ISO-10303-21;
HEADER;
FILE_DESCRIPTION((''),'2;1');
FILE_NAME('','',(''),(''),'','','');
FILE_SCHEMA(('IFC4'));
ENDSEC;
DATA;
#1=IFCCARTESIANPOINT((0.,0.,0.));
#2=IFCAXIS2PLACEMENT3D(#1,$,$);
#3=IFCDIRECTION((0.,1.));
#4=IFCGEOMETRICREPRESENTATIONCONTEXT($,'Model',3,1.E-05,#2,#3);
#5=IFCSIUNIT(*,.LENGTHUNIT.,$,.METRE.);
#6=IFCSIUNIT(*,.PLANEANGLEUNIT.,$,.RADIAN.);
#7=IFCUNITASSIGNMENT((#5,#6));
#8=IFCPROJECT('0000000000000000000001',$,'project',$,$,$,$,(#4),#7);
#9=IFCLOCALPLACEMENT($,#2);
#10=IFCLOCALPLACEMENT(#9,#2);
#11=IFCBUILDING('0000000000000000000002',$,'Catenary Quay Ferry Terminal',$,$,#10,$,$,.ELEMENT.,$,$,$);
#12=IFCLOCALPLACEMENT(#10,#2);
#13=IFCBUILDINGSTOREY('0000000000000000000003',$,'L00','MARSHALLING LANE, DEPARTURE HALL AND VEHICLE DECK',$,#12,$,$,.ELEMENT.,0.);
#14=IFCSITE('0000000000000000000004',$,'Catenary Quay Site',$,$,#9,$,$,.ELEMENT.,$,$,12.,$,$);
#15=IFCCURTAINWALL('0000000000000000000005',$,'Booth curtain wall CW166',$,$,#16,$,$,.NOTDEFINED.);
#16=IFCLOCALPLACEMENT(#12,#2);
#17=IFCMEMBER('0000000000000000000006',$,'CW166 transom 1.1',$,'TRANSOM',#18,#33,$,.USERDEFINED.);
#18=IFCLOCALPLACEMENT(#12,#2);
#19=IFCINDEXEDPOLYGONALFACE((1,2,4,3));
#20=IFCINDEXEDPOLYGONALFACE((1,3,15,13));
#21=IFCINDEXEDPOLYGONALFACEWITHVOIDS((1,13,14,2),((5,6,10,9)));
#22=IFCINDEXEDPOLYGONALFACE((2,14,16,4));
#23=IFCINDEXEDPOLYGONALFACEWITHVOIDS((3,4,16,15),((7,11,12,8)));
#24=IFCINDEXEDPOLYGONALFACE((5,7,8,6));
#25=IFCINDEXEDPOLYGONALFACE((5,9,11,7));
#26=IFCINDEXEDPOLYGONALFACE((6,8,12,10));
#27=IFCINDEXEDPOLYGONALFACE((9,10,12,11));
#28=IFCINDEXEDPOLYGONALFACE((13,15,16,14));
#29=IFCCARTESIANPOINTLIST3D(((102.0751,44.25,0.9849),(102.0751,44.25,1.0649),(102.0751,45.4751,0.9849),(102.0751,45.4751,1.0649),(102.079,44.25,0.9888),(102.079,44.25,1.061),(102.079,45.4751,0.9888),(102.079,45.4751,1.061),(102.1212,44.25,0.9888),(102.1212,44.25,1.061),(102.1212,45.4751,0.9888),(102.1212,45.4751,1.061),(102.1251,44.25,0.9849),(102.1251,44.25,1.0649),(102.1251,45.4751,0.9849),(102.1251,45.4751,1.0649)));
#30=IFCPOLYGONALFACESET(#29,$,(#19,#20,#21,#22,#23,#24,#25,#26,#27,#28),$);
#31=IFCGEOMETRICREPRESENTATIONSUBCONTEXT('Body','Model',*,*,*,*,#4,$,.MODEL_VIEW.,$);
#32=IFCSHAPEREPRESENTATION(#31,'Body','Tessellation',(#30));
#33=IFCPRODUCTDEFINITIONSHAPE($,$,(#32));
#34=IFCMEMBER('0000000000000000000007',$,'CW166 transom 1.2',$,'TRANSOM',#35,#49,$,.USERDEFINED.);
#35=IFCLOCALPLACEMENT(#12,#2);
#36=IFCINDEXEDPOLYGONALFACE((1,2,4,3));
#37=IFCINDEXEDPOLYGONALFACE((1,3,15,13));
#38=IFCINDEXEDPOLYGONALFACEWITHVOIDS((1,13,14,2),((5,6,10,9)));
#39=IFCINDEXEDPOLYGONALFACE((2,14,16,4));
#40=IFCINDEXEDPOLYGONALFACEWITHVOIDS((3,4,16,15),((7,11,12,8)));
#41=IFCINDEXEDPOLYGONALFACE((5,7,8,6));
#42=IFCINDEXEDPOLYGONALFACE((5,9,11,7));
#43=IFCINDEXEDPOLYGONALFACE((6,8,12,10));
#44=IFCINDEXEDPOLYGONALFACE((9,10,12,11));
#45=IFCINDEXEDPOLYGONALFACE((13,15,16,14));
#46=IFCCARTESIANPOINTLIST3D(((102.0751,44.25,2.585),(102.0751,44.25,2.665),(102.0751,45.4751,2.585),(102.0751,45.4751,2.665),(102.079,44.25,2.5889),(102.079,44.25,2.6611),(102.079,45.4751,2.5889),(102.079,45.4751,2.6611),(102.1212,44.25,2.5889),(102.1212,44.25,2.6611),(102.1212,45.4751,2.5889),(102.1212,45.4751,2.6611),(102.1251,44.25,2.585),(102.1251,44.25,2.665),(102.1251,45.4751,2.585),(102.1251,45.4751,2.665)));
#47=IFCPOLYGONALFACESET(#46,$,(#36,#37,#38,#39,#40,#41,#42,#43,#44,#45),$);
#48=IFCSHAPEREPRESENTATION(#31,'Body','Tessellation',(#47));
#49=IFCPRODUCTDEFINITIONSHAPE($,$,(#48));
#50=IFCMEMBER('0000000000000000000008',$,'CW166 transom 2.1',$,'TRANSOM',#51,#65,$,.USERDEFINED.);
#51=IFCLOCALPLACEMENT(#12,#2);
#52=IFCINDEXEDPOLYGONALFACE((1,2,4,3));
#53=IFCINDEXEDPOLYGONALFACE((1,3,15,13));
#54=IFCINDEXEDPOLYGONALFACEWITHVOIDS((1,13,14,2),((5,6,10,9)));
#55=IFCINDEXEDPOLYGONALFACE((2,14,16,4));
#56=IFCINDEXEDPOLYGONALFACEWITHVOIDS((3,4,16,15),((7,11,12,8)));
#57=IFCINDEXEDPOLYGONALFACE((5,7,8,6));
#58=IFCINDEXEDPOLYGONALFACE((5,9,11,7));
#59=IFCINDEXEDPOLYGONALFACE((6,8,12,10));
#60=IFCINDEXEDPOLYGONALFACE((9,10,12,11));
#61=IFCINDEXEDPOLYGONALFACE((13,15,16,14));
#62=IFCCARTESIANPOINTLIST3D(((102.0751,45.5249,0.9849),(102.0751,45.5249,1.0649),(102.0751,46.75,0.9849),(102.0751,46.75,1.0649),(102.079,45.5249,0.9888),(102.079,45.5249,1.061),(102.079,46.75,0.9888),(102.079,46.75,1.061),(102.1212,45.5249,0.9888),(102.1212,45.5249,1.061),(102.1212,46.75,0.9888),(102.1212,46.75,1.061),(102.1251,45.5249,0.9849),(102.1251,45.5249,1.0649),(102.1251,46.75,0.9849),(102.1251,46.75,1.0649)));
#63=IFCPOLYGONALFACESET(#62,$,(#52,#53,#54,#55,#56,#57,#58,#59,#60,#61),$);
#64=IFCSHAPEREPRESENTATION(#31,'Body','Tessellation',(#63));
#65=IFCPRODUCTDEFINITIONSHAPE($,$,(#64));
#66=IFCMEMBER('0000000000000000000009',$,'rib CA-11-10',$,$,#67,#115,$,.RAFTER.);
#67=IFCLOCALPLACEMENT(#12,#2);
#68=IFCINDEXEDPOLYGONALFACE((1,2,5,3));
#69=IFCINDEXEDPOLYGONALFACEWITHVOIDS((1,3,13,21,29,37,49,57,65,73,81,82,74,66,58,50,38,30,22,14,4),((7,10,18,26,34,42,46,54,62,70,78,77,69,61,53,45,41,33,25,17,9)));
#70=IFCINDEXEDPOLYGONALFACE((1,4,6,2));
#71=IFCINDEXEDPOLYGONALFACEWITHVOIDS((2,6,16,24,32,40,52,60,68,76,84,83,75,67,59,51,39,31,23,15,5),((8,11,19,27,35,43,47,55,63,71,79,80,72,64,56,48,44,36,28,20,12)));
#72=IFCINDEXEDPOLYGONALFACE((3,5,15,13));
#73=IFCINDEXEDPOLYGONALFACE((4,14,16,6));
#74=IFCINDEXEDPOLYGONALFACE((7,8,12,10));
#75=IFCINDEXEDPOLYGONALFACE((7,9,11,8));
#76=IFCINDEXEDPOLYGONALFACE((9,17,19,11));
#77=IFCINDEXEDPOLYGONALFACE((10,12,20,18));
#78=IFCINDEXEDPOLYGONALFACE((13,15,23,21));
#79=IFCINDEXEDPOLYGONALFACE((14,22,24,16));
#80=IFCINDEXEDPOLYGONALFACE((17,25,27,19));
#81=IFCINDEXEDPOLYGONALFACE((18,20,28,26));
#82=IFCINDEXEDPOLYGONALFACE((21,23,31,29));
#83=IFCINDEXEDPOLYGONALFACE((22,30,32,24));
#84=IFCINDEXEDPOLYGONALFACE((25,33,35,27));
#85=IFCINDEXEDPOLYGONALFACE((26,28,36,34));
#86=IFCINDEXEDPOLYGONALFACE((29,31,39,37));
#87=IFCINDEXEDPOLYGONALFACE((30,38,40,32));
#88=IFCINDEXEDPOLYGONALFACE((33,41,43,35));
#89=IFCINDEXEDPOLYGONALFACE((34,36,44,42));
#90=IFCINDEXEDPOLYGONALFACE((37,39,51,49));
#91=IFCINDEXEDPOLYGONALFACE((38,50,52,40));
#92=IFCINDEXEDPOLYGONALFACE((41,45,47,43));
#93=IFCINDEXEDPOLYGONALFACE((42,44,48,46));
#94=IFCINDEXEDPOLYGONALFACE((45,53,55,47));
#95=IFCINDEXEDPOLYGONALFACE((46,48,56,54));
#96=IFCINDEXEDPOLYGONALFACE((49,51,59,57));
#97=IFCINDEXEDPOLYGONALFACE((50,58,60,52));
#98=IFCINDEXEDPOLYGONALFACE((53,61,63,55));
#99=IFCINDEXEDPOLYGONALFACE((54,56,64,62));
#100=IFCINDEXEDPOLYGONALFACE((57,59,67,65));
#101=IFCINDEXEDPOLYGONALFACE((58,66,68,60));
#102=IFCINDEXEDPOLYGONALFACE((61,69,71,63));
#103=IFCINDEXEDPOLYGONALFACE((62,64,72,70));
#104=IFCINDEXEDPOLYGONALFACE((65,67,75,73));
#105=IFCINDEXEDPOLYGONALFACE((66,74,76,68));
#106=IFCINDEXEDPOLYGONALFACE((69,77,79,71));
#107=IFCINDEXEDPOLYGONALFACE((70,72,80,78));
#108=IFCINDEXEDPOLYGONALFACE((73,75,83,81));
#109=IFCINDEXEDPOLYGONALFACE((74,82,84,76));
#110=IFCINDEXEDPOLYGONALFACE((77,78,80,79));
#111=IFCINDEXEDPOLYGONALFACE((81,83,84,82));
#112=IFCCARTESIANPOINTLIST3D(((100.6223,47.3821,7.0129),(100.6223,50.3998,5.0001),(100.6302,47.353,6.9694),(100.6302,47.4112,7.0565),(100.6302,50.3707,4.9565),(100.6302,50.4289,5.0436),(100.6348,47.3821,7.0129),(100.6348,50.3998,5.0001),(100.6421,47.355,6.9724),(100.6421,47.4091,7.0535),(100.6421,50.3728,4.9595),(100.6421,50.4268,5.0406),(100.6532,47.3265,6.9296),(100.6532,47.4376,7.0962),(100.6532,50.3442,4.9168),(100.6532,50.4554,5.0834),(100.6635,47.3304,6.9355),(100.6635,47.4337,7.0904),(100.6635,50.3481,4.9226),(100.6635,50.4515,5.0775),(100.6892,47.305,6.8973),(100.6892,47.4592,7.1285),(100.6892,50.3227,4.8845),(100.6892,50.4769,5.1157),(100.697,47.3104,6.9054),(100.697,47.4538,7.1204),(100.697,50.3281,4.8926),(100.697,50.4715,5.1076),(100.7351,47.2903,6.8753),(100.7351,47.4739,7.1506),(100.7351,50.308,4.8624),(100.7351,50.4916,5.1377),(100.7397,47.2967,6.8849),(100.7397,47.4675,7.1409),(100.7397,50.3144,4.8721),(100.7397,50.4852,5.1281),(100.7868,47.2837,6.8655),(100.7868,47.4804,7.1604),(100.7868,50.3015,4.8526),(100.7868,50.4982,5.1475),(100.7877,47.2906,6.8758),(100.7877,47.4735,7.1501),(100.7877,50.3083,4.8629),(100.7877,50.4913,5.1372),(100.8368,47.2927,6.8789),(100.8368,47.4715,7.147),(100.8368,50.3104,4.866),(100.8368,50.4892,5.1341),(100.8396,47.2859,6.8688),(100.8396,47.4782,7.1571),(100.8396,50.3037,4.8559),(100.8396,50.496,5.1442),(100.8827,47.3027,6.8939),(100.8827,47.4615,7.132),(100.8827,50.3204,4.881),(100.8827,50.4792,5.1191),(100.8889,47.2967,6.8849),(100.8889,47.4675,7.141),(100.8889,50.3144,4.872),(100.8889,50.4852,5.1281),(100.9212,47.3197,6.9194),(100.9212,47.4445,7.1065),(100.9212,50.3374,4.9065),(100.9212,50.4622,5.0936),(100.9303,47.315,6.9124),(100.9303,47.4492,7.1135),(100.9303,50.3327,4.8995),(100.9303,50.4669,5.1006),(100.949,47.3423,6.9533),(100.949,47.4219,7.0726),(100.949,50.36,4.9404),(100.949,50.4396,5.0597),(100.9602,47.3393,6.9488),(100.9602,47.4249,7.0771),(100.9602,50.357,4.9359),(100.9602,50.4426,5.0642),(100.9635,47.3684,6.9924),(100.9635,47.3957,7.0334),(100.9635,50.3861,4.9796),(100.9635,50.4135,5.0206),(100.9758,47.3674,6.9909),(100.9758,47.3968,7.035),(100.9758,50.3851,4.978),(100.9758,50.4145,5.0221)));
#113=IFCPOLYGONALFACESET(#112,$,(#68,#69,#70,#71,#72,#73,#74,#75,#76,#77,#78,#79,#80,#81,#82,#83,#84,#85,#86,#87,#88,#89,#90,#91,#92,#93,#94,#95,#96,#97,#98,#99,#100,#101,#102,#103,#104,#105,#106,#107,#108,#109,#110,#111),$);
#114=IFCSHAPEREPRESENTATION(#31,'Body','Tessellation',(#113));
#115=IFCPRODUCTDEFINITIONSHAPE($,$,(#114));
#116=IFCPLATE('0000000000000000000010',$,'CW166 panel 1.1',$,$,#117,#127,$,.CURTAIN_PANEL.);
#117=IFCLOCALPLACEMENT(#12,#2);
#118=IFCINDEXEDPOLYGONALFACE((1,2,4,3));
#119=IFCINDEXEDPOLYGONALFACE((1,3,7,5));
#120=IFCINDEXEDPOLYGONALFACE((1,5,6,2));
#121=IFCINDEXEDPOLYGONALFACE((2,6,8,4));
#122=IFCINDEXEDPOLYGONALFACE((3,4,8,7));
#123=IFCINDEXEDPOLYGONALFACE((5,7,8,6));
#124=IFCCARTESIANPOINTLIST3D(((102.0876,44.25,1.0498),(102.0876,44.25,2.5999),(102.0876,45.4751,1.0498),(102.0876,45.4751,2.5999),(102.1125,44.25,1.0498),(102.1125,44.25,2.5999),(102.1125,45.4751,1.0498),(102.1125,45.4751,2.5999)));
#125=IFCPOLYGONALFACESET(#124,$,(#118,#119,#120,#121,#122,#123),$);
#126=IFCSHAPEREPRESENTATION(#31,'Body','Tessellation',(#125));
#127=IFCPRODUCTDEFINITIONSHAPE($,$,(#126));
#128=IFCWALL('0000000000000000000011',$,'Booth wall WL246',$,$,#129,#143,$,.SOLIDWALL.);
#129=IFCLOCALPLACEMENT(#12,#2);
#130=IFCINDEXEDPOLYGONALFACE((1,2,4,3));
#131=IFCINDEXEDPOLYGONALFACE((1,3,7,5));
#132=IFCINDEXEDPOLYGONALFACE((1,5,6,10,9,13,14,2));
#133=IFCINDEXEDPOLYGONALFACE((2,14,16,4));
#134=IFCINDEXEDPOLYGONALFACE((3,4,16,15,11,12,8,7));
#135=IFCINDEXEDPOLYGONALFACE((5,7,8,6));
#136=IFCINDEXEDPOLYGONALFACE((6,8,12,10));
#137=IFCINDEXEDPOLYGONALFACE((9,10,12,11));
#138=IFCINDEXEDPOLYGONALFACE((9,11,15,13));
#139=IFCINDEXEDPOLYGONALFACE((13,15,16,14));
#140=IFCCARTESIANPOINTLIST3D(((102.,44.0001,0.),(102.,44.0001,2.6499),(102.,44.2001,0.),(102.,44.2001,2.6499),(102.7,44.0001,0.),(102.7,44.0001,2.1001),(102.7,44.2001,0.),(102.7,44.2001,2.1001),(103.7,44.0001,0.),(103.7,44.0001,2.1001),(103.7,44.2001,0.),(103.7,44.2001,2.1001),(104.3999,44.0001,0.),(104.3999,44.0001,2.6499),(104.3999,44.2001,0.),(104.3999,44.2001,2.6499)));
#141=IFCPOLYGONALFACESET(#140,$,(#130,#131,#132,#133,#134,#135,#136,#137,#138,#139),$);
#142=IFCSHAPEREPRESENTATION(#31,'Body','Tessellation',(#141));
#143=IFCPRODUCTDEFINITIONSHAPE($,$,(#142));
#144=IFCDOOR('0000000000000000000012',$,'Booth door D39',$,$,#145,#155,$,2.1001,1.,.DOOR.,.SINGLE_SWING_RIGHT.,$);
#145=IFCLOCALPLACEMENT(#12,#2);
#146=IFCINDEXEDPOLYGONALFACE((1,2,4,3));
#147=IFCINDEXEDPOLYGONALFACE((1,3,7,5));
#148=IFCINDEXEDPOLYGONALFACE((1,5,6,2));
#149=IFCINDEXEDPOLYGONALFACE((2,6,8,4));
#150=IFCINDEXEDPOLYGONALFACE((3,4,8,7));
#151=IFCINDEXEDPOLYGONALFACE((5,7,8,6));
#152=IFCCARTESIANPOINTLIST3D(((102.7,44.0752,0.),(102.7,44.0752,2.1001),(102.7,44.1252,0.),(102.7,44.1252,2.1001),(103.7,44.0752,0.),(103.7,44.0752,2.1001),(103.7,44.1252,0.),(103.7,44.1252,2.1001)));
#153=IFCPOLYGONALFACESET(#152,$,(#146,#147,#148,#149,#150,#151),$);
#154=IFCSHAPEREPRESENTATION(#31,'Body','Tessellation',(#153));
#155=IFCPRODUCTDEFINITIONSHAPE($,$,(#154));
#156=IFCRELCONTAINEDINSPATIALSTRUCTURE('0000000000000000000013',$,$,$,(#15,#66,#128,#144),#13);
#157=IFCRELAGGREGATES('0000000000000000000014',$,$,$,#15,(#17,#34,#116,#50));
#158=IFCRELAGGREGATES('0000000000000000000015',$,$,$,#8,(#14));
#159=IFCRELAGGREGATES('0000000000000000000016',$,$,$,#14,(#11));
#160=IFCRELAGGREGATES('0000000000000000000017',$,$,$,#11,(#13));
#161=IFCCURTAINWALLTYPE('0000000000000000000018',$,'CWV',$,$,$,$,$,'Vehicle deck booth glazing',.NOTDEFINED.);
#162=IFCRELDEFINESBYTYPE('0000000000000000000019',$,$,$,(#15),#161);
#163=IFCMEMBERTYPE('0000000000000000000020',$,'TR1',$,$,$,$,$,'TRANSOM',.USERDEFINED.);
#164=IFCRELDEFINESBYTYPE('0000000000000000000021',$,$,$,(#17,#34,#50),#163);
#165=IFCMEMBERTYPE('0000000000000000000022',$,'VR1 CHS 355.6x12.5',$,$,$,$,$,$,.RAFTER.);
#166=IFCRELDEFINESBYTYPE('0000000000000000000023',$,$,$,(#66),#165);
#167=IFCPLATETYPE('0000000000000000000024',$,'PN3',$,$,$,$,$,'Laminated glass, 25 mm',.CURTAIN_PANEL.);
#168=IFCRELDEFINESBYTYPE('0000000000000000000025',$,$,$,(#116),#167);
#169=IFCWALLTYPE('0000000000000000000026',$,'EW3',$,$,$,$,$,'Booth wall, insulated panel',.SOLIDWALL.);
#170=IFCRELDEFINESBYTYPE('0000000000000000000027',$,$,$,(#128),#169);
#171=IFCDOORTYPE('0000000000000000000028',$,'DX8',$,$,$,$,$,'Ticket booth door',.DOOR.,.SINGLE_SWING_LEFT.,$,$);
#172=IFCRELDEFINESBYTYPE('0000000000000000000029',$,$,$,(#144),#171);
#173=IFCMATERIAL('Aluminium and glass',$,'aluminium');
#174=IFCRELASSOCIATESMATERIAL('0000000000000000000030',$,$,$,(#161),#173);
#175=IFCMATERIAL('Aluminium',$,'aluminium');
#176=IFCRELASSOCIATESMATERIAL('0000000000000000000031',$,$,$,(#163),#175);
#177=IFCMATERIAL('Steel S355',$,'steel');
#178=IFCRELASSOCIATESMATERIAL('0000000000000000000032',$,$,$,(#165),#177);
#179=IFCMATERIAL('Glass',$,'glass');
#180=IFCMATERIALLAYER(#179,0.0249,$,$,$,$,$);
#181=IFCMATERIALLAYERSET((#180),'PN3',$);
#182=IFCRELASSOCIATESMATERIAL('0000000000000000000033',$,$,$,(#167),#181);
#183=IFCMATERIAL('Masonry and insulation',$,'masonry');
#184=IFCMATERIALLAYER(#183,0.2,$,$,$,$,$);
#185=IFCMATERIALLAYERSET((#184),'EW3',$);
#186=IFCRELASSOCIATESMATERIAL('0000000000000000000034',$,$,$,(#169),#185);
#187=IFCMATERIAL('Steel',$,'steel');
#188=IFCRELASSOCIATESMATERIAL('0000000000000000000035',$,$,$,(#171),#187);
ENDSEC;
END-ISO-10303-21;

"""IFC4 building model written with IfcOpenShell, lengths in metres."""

from ifc_helpers import new_model, si_unit, direction, frame, frame_2d, origin, origin_2d, place, context, subcontext, project, spatial, rectangle, hollow_rectangle, hollow_circle, extrude, material, layer, layer_set, material_profile, profile_set, type_object, element, fill, aggregate, save


model = new_model("IFC4")

# Units and contexts
model_context = context("Model", 3, precision=1e-05, world=origin(), true_north=direction((0.0, 1.0)))
body_context = subcontext(model_context, "Body", "Model", "MODEL_VIEW")
ifc_project = project(units=[si_unit("LENGTHUNIT", "METRE"), si_unit("PLANEANGLEUNIT", "RADIAN")], contexts=[model_context])

# Site, building, storey
site_placement = place(None, origin())
site = spatial("IfcSite", under=ifc_project, at=site_placement, Name="Catenary Quay Site", CompositionType="ELEMENT", RefElevation=12.0)
building_placement = place(site_placement, origin())
building = spatial("IfcBuilding", under=site, at=building_placement, Name="Catenary Quay Ferry Terminal", CompositionType="ELEMENT")
storey_placement = place(building_placement, origin())
storey = spatial("IfcBuildingStorey", under=building, at=storey_placement, Name="L00", Description="MARSHALLING LANE, DEPARTURE HALL AND VEHICLE DECK", CompositionType="ELEMENT", Elevation=0.0)

# Curtain wall, members
ifc_material_1 = material(Name="Aluminium and glass", Category="aluminium")
curtain_wall_type = type_object("IfcCurtainWallType", Name="CWV", ElementType="Vehicle deck booth glazing", PredefinedType="NOTDEFINED", material=ifc_material_1)
curtain_wall_placement = place(storey_placement, origin())
curtain_wall = element("IfcCurtainWall", 1, at=curtain_wall_placement, inside=storey, type_object=curtain_wall_type, Name="Booth curtain wall CW166", PredefinedType="NOTDEFINED")
ifc_material_2 = material(Name="Aluminium", Category="aluminium")
ifc_material_profile_1 = material_profile(ifc_material_2, hollow_rectangle(XDim=0.05, YDim=0.0801, WallThickness=0.0039, at=origin_2d()), Name="TR1")
ifc_profile_set_1 = profile_set([ifc_material_profile_1], Name="Aluminium")
member_type_1 = type_object("IfcMemberType", Name="TR1", ElementType="TRANSOM", PredefinedType="USERDEFINED", material=ifc_profile_set_1)
member_1_placement = place(storey_placement, frame((102.1001, 44.25, 1.0249), z_axis=(0.0, 1.0, 0.0), x_axis=(-1.0, 0.0, 0.0)))
member_1 = element("IfcMember", 2, at=member_1_placement, type_object=member_type_1, Name="CW166 transom 1.1", ObjectType="TRANSOM", PredefinedType="USERDEFINED", context=body_context, shape_type="SweptSolid", body=[
    extrude(hollow_rectangle(XDim=0.05, YDim=0.0801, WallThickness=0.0039, at=origin_2d()), origin(), (0.0, 0.0, 1.0), 1.2251),
])
member_2_placement = place(storey_placement, frame((102.1001, 44.25, 2.625), z_axis=(0.0, 1.0, 0.0), x_axis=(-1.0, 0.0, 0.0)))
member_2 = element("IfcMember", 3, at=member_2_placement, type_object=member_type_1, Name="CW166 transom 1.2", ObjectType="TRANSOM", PredefinedType="USERDEFINED", context=body_context, shape_type="SweptSolid", body=[
    extrude(hollow_rectangle(XDim=0.05, YDim=0.0801, WallThickness=0.0039, at=origin_2d()), origin(), (0.0, 0.0, 1.0), 1.2251),
])
member_3_placement = place(storey_placement, frame((102.1001, 45.5249, 1.0249), z_axis=(0.0, 1.0, 0.0), x_axis=(-1.0, 0.0, 0.0)))
member_3 = element("IfcMember", 4, at=member_3_placement, type_object=member_type_1, Name="CW166 transom 2.1", ObjectType="TRANSOM", PredefinedType="USERDEFINED", context=body_context, shape_type="SweptSolid", body=[
    extrude(hollow_rectangle(XDim=0.05, YDim=0.0801, WallThickness=0.0039, at=origin_2d()), origin(), (0.0, 0.0, 1.0), 1.2251),
])

# Member
ifc_material_3 = material(Name="Steel S355", Category="steel")
ifc_material_profile_2 = material_profile(ifc_material_3, hollow_circle(Radius=0.1777, WallThickness=0.0125, at=origin_2d()), Name="CHS 355.6x12.5")
ifc_profile_set_2 = profile_set([ifc_material_profile_2], Name="Steel S355")
member_type_2 = type_object("IfcMemberType", Name="VR1 CHS 355.6x12.5", PredefinedType="RAFTER", material=ifc_profile_set_2)
member_4_placement = place(storey_placement, frame((100.8, 47.3821, 7.0129), z_axis=(0.0, 0.831916, -0.554902), x_axis=(-1.0, 0.0, 0.0)))
element("IfcMember", 5, at=member_4_placement, inside=storey, type_object=member_type_2, Name="rib CA-11-10", PredefinedType="RAFTER", context=body_context, shape_type="SweptSolid", body=[
    extrude(hollow_circle(Radius=0.1777, WallThickness=0.0125, at=origin_2d()), origin(), (0.0, 0.0, 1.0), 3.6274),
])

# Plate
ifc_material_4 = material(Name="Glass", Category="glass")
ifc_layer_1 = layer(ifc_material_4, 0.0249)
ifc_layer_set_1 = layer_set([ifc_layer_1], Name="PN3")
plate_type = type_object("IfcPlateType", Name="PN3", ElementType="Laminated glass, 25 mm", PredefinedType="CURTAIN_PANEL", material=ifc_layer_set_1)
plate_placement = place(storey_placement, frame((102.1001, 44.8625, 1.0498), z_axis=(0.0, 0.0, 1.0), x_axis=(0.0, 1.0, 0.0)))
plate = element("IfcPlate", 6, at=plate_placement, type_object=plate_type, Name="CW166 panel 1.1", PredefinedType="CURTAIN_PANEL", context=body_context, shape_type="SweptSolid", body=[
    extrude(rectangle(XDim=1.2251, YDim=0.0249, at=origin_2d()), origin(), (0.0, 0.0, 1.0), 1.55),
])
aggregate(curtain_wall, [member_1, member_2, plate, member_3])

# Wall, opening, door
ifc_material_5 = material(Name="Masonry and insulation", Category="masonry")
ifc_layer_2 = layer(ifc_material_5, 0.2)
ifc_layer_set_2 = layer_set([ifc_layer_2], Name="EW3")
wall_type = type_object("IfcWallType", Name="EW3", ElementType="Booth wall, insulated panel", PredefinedType="SOLIDWALL", material=ifc_layer_set_2)
wall_1_placement = place(storey_placement, frame((102.0, 44.1001, 0.0), z_axis=(0.0, 0.0, 1.0), x_axis=(1.0, 0.0, 0.0)))
wall_1 = element("IfcWall", 7, at=wall_1_placement, inside=storey, type_object=wall_type, Name="Booth wall WL246", PredefinedType="SOLIDWALL", context=body_context, shape_type="SweptSolid", body=[
    extrude(rectangle(XDim=2.3999, YDim=0.2, at=frame_2d((1.2, 0.0))), origin(), (0.0, 0.0, 1.0), 2.6499),
])
opening_1_placement = place(wall_1_placement, frame((0.7, 0.0, 0.0)))
opening_1 = element("IfcOpeningElement", 8, at=opening_1_placement, cuts=wall_1, PredefinedType="OPENING", context=body_context, shape_type="SweptSolid", body=[
    extrude(rectangle(XDim=1.0, YDim=2.1001, at=frame_2d((0.5, 1.05))), frame((0.0, 0.1099, 0.0), z_axis=(0.0, -1.0, 0.0), x_axis=(1.0, 0.0, 0.0)), (0.0, 0.0, 1.0), 0.22),
])
ifc_material_6 = material(Name="Steel", Category="steel")
door_type = type_object("IfcDoorType", Name="DX8", ElementType="Ticket booth door", OperationType="SINGLE_SWING_LEFT", PredefinedType="DOOR", material=ifc_material_6)
door_placement = place(opening_1_placement, frame((1.0, 0.0, 0.0), z_axis=(0.0, 0.0, 1.0), x_axis=(-1.0, 0.0, 0.0)))
door = element("IfcDoor", 9, at=door_placement, inside=storey, type_object=door_type, Name="Booth door D39", OperationType="SINGLE_SWING_RIGHT", OverallHeight=2.1001, OverallWidth=1.0, PredefinedType="DOOR", context=body_context, shape_type="SweptSolid", body=[
    extrude(rectangle(XDim=1.0, YDim=2.1001, at=frame_2d((0.5, 1.05))), frame((0.0, 0.0249, 0.0), z_axis=(0.0, -1.0, 0.0), x_axis=(1.0, 0.0, 0.0)), (0.0, 0.0, 1.0), 0.05),
])
fill(opening_1, door)

save(model, "model.ifc")
